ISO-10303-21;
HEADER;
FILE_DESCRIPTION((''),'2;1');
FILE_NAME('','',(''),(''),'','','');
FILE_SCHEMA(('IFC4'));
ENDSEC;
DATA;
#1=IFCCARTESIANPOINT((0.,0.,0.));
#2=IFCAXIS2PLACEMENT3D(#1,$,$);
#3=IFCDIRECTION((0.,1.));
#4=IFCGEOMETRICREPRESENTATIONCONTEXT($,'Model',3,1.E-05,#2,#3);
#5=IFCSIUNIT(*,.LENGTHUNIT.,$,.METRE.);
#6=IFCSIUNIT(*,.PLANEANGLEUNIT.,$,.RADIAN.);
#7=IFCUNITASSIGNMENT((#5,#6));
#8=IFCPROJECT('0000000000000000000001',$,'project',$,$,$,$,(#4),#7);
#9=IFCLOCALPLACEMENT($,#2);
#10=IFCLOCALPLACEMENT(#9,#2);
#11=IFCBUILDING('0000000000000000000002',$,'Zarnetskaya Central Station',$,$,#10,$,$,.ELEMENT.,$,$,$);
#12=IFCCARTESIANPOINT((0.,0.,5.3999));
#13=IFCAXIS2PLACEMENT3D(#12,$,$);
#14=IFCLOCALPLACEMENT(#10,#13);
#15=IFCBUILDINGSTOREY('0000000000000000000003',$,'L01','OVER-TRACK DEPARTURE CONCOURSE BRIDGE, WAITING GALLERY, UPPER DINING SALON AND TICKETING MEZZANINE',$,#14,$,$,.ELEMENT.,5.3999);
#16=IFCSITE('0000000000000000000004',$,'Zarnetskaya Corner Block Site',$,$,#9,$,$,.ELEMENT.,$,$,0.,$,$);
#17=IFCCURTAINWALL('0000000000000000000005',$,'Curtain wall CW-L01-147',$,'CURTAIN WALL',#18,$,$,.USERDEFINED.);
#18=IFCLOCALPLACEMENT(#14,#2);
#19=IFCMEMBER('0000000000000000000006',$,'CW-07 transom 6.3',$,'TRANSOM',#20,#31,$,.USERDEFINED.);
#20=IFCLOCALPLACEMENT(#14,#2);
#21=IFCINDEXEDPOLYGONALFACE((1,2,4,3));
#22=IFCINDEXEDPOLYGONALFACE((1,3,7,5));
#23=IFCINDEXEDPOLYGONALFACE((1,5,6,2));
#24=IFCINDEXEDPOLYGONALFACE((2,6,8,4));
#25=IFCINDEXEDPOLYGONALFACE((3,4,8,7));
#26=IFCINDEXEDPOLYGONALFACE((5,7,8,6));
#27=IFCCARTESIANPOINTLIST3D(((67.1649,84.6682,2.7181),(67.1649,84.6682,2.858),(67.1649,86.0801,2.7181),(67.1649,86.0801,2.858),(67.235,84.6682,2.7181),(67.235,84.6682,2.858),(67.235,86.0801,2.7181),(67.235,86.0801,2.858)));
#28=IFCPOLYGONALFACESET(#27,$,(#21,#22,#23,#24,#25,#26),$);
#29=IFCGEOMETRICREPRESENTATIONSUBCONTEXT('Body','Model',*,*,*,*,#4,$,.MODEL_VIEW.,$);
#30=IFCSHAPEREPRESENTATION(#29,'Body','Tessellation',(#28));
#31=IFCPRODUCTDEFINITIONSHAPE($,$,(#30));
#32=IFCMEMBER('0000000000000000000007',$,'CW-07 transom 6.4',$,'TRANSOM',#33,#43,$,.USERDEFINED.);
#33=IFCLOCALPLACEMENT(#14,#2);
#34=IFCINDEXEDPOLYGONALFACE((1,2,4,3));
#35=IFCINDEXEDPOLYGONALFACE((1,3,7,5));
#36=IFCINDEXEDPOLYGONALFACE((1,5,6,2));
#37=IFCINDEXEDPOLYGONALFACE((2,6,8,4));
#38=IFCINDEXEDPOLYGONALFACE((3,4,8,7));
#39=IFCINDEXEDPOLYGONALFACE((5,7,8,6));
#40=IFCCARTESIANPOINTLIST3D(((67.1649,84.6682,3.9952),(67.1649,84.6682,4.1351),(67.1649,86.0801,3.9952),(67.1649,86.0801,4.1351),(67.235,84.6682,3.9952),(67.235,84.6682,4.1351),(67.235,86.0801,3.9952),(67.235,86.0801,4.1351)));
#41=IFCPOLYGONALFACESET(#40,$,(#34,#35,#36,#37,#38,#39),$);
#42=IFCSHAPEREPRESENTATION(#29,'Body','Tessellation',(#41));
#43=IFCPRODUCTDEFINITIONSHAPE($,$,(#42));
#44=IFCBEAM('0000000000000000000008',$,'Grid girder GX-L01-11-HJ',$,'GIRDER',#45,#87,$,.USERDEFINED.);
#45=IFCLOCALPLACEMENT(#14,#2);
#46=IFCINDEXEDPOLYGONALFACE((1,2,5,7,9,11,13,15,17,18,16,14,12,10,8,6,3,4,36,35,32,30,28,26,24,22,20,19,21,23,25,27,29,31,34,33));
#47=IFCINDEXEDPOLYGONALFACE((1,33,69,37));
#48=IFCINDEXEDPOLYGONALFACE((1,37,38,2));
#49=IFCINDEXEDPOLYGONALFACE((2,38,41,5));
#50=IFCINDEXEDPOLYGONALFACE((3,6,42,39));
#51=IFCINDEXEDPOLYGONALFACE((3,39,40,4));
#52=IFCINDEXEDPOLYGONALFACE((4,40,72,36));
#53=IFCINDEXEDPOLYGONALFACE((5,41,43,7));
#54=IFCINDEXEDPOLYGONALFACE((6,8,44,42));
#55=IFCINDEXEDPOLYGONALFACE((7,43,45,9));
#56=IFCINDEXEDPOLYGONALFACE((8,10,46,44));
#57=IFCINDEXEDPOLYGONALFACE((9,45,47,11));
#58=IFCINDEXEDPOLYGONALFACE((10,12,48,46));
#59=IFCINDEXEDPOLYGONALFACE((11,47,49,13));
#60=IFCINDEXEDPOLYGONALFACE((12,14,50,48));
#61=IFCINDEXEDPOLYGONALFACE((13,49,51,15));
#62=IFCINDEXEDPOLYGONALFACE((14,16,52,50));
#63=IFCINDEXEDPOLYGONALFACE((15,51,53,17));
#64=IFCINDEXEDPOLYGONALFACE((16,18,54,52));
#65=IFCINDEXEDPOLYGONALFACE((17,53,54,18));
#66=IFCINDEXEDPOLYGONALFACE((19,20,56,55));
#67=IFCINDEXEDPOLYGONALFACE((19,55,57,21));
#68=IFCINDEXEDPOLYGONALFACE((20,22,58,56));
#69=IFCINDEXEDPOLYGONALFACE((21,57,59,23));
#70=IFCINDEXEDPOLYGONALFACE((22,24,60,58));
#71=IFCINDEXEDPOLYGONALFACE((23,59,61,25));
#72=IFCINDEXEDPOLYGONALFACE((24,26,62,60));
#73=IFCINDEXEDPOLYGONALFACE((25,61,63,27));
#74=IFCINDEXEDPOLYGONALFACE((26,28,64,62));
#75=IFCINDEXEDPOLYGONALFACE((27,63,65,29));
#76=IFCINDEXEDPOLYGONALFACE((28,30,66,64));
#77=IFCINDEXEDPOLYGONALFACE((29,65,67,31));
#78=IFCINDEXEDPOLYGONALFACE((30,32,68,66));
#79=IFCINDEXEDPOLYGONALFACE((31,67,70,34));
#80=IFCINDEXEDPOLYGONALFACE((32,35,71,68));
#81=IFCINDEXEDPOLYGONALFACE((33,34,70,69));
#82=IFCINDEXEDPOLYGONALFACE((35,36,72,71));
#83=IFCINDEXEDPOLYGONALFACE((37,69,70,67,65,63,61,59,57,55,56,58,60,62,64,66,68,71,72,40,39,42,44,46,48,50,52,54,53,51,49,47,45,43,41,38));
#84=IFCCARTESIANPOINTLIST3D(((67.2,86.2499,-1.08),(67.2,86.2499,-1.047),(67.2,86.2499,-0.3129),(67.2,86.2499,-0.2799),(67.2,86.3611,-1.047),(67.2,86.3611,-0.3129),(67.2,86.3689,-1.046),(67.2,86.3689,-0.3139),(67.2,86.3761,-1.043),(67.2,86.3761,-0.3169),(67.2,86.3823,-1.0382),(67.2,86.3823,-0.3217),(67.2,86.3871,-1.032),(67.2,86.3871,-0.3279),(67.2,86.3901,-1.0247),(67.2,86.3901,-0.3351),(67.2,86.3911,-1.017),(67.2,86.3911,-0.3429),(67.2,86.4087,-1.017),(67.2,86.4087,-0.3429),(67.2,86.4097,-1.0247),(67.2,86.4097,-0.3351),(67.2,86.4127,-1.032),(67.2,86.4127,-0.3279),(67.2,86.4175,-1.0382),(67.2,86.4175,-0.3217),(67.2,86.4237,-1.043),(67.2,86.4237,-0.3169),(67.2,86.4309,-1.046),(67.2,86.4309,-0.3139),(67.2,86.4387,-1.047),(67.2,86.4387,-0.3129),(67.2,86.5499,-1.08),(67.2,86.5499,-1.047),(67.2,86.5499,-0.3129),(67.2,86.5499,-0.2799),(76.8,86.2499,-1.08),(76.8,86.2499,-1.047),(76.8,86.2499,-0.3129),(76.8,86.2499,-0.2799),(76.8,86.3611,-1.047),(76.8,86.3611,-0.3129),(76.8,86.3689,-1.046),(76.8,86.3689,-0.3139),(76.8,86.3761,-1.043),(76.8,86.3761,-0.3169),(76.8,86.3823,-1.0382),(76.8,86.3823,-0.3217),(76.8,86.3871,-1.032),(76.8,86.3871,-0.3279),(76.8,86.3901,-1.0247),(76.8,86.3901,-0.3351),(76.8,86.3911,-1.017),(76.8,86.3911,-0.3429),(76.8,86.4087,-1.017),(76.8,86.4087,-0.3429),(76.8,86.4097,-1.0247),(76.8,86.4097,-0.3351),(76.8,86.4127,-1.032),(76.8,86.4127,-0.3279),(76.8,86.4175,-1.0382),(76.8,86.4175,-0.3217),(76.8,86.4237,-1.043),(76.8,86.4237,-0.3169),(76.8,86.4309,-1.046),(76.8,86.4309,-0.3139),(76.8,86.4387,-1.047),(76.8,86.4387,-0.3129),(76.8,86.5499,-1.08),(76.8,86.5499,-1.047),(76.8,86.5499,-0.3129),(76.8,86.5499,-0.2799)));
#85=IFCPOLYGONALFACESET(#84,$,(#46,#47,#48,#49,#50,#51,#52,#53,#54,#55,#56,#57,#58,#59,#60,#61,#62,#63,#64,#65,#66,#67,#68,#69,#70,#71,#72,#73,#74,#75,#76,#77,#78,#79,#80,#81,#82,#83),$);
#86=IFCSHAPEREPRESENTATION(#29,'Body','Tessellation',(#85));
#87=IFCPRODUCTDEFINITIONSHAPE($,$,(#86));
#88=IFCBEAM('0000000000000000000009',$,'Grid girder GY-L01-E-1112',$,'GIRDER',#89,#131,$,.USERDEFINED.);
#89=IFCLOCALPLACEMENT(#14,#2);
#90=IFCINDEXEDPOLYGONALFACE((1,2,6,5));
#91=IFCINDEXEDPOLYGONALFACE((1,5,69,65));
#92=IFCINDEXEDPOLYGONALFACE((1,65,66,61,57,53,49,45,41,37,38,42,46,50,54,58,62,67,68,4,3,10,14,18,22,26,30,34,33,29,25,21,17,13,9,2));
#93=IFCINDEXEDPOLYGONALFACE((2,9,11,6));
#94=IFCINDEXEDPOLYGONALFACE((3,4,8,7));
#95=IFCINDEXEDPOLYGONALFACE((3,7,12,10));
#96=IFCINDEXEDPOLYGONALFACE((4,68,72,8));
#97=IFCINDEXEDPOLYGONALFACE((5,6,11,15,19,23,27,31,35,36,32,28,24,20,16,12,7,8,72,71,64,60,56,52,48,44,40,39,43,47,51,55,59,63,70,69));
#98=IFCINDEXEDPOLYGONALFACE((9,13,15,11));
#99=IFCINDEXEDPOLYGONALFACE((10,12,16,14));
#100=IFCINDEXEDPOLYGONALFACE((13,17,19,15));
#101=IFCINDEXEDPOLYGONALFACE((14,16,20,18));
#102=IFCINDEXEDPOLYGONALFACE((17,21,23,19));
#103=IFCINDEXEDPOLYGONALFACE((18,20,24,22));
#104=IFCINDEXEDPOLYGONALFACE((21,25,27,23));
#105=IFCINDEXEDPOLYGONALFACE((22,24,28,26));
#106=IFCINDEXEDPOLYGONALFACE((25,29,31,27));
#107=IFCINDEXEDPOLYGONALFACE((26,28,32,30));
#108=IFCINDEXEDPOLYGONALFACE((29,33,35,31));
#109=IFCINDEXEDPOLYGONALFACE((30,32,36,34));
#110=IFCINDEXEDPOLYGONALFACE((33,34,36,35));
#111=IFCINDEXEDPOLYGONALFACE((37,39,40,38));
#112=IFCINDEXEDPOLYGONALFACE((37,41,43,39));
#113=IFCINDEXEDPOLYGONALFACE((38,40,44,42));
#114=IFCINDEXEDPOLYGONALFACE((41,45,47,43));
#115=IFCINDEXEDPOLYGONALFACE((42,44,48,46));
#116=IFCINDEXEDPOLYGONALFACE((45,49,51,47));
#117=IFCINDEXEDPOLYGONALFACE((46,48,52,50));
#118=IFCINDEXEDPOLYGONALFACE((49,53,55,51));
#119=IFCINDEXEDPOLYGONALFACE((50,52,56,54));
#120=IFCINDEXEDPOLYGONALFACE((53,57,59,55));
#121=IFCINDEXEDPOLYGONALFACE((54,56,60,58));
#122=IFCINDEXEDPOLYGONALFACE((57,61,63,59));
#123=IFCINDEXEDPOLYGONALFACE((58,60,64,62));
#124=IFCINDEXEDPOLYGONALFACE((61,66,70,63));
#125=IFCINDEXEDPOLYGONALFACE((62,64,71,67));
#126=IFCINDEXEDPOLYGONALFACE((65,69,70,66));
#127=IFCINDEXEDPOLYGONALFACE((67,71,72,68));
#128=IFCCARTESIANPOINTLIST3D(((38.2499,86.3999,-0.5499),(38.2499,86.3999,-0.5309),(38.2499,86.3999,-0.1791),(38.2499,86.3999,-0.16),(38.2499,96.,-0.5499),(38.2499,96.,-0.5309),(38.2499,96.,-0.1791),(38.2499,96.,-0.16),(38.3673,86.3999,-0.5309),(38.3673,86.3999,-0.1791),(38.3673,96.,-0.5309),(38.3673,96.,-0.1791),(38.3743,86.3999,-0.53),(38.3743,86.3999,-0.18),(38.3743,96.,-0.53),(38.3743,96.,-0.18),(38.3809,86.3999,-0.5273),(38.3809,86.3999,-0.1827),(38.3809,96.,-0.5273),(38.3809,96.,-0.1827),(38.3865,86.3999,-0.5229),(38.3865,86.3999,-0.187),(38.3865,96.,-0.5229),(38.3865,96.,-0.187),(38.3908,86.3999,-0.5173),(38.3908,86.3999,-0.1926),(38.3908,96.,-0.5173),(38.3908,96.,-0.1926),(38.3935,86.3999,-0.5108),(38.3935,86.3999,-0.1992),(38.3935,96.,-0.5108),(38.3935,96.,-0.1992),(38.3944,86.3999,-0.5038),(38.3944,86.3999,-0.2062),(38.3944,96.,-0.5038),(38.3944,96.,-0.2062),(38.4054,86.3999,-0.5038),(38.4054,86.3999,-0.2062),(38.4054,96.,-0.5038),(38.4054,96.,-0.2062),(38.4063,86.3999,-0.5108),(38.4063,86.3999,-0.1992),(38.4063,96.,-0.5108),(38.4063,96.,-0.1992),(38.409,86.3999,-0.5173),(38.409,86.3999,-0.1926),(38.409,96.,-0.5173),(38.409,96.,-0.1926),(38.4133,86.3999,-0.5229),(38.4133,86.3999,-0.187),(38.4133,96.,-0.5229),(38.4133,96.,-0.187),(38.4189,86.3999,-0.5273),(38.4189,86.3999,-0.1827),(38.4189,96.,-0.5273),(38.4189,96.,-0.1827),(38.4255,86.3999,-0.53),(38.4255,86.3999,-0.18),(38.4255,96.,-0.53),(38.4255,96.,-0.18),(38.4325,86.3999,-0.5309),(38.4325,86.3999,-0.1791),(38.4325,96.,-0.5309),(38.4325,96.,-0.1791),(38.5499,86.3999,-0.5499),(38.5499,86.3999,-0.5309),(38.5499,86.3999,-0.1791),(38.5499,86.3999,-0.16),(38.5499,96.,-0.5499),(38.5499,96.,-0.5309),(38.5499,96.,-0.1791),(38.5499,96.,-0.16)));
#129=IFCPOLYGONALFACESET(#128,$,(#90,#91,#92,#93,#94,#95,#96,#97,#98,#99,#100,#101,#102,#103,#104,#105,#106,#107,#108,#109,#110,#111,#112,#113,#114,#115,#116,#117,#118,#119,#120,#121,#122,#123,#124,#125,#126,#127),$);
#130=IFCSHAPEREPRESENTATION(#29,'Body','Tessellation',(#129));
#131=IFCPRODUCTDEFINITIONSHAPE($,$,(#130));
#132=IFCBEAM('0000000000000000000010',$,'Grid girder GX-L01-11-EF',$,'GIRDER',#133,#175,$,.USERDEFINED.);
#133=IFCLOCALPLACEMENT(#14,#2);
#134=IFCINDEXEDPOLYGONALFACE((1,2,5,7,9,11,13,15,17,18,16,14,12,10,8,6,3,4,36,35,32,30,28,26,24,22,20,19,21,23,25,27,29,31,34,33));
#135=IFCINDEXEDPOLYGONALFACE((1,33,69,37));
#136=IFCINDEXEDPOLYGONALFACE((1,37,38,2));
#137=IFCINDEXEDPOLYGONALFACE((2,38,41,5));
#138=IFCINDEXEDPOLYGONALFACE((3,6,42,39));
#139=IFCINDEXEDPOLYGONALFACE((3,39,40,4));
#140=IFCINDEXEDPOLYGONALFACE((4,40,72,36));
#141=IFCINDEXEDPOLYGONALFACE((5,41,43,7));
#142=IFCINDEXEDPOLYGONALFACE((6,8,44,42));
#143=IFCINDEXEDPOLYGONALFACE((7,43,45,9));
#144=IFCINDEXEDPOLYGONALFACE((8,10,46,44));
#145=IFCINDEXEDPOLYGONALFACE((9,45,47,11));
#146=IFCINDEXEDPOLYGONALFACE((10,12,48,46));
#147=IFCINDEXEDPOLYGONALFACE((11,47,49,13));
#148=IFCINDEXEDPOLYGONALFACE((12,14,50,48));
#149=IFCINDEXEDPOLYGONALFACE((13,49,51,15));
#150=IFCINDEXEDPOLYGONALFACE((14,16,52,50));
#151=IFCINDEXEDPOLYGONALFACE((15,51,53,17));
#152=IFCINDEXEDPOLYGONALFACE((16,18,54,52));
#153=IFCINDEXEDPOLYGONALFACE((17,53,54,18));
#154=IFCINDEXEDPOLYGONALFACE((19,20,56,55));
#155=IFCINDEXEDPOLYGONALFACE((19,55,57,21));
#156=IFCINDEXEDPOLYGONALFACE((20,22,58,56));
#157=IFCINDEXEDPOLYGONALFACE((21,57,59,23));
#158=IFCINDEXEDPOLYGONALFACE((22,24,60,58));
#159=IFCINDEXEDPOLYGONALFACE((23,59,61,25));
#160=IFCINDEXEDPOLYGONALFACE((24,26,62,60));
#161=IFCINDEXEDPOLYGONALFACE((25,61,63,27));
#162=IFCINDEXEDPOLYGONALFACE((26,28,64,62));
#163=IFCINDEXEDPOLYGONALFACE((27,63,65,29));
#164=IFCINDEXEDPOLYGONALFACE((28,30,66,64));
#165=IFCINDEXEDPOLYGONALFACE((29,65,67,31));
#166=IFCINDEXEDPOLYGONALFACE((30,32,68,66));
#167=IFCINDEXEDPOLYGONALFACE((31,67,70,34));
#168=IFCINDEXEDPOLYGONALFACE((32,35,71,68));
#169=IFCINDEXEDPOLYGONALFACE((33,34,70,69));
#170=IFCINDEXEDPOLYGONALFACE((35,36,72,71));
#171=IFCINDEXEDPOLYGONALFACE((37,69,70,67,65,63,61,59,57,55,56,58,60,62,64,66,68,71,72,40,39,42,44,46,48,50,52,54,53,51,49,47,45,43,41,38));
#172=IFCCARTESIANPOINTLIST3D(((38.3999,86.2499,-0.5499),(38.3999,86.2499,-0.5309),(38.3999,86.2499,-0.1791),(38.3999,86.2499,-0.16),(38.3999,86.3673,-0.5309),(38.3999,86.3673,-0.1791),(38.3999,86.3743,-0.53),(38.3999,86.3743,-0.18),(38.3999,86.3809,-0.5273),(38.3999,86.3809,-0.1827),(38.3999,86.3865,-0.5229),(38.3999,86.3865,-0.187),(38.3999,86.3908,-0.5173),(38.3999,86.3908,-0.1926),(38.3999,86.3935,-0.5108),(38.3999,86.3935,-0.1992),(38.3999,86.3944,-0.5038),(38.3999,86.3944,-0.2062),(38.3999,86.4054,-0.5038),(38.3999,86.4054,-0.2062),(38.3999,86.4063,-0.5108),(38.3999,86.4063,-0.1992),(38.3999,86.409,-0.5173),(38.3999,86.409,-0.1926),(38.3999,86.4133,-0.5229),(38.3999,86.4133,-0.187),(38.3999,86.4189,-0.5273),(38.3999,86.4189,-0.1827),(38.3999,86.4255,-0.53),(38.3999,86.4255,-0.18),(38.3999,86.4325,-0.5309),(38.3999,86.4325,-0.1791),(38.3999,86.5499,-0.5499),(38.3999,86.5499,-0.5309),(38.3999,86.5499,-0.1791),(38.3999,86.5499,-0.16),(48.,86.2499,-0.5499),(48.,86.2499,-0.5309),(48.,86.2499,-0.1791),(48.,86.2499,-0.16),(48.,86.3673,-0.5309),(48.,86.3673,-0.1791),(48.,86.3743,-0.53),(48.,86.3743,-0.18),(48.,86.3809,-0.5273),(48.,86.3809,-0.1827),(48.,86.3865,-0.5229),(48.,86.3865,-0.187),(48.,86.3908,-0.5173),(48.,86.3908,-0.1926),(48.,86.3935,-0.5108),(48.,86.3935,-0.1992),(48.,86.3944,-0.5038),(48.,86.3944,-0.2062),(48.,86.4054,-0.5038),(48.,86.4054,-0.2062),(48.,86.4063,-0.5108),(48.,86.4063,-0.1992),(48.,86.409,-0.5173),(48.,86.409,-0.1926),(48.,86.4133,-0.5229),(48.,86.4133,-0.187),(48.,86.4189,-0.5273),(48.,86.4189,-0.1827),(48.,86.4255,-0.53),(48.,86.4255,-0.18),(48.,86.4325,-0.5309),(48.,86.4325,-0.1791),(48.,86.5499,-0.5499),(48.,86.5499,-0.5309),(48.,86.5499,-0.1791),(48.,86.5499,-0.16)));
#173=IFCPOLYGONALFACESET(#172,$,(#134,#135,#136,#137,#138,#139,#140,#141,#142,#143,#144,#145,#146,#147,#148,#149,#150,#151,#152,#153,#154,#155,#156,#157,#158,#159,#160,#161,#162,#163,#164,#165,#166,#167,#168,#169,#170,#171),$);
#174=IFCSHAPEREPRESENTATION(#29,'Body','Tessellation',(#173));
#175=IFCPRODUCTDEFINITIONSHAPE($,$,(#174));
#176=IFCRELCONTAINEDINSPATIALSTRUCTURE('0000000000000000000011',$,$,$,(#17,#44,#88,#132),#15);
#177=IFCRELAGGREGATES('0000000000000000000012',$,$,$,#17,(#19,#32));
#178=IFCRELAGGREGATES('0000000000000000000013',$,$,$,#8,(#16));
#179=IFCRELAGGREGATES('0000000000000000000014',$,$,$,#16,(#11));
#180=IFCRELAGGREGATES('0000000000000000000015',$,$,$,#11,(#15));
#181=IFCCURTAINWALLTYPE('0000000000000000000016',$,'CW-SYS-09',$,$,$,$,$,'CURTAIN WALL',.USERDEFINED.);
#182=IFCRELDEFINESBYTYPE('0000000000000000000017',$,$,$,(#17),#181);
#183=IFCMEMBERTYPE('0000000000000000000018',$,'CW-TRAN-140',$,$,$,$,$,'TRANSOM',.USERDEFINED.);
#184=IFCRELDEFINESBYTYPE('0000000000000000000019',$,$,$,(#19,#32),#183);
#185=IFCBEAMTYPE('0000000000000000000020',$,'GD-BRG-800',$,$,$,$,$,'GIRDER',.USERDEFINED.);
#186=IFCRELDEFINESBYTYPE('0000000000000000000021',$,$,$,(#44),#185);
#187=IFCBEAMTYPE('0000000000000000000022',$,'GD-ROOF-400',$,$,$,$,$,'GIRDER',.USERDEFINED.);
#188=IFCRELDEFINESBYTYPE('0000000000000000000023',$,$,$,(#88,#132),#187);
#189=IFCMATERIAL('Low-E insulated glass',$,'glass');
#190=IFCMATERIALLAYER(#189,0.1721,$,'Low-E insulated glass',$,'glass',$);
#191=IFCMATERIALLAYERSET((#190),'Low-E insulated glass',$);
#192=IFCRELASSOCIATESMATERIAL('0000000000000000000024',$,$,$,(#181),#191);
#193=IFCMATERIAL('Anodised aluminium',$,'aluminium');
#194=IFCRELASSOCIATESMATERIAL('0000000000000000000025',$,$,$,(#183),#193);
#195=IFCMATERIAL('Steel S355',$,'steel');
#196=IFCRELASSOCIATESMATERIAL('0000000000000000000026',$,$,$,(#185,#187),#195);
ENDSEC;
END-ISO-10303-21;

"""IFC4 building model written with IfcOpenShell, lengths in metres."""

from ifc_helpers import new_model, si_unit, direction, frame, origin, origin_2d, place, context, subcontext, project, spatial, rectangle, i_section, extrude, material, layer, layer_set, material_profile, profile_set, type_object, element, aggregate, save


model = new_model("IFC4")

# Units and contexts
model_context = context("Model", 3, precision=1e-05, world=origin(), true_north=direction((0.0, 1.0)))
body_context = subcontext(model_context, "Body", "Model", "MODEL_VIEW")
ifc_project = project(units=[si_unit("LENGTHUNIT", "METRE"), si_unit("PLANEANGLEUNIT", "RADIAN")], contexts=[model_context])

# Site, building, storey
site_placement = place(None, origin())
site = spatial("IfcSite", under=ifc_project, at=site_placement, Name="Zarnetskaya Corner Block Site", CompositionType="ELEMENT", RefElevation=0.0)
building_placement = place(site_placement, origin())
building = spatial("IfcBuilding", under=site, at=building_placement, Name="Zarnetskaya Central Station", CompositionType="ELEMENT")
storey_placement = place(building_placement, frame((0.0, 0.0, 5.3999)))
storey = spatial("IfcBuildingStorey", under=building, at=storey_placement, Name="L01", Description="OVER-TRACK DEPARTURE CONCOURSE BRIDGE, WAITING GALLERY, UPPER DINING SALON AND TICKETING MEZZANINE", CompositionType="ELEMENT", Elevation=5.3999)

# Shared definitions
ifc_material_1 = material(Name="Steel S355", Category="steel")

# Curtain wall, members
ifc_material_2 = material(Name="Low-E insulated glass", Category="glass")
ifc_layer_1 = layer(ifc_material_2, 0.1721, Name="Low-E insulated glass", Category="glass")
ifc_layer_set_1 = layer_set([ifc_layer_1], Name="Low-E insulated glass")
curtain_wall_type = type_object("IfcCurtainWallType", Name="CW-SYS-09", ElementType="CURTAIN WALL", PredefinedType="USERDEFINED", material=ifc_layer_set_1)
curtain_wall_placement = place(storey_placement, origin())
curtain_wall = element("IfcCurtainWall", 1, at=curtain_wall_placement, inside=storey, type_object=curtain_wall_type, Name="Curtain wall CW-L01-147", ObjectType="CURTAIN WALL", PredefinedType="USERDEFINED")
ifc_material_3 = material(Name="Anodised aluminium", Category="aluminium")
ifc_material_profile_1 = material_profile(ifc_material_3, rectangle(XDim=0.0701, YDim=0.1399, at=origin_2d()), Name="ALU TRAN 70x140")
ifc_profile_set_1 = profile_set([ifc_material_profile_1], Name="Anodised aluminium")
member_type_1 = type_object("IfcMemberType", Name="CW-TRAN-140", ElementType="TRANSOM", PredefinedType="USERDEFINED", material=ifc_profile_set_1)
member_1_placement = place(storey_placement, frame((67.2, 84.6682, 2.7881), z_axis=(0.0, 1.0, 0.0), x_axis=(-1.0, 0.0, 0.0)))
member_1 = element("IfcMember", 2, at=member_1_placement, type_object=member_type_1, Name="CW-07 transom 6.3", ObjectType="TRANSOM", PredefinedType="USERDEFINED", context=body_context, shape_type="SweptSolid", body=[
    extrude(rectangle(XDim=0.0701, YDim=0.1399, at=origin_2d()), origin(), (0.0, 0.0, 1.0), 1.4119),
])
member_2_placement = place(storey_placement, frame((67.2, 84.6682, 4.0652), z_axis=(0.0, 1.0, 0.0), x_axis=(-1.0, 0.0, 0.0)))
member_2 = element("IfcMember", 3, at=member_2_placement, type_object=member_type_1, Name="CW-07 transom 6.4", ObjectType="TRANSOM", PredefinedType="USERDEFINED", context=body_context, shape_type="SweptSolid", body=[
    extrude(rectangle(XDim=0.0701, YDim=0.1399, at=origin_2d()), origin(), (0.0, 0.0, 1.0), 1.4119),
])

# Beams
ifc_material_profile_2 = material_profile(ifc_material_1, i_section(OverallWidth=0.3, OverallDepth=0.8, WebThickness=0.0176, FlangeThickness=0.033, FilletRadius=0.03, at=origin_2d()), Name="HEB 800")
ifc_profile_set_2 = profile_set([ifc_material_profile_2], Name="Steel S355")
beam_type_1 = type_object("IfcBeamType", Name="GD-BRG-800", ElementType="GIRDER", PredefinedType="USERDEFINED", material=ifc_profile_set_2)
beam_1_placement = place(storey_placement, frame((67.2, 86.3999, -0.6799), z_axis=(1.0, 0.0, 0.0), x_axis=(0.0, 1.0, 0.0)))
element("IfcBeam", 4, at=beam_1_placement, inside=storey, type_object=beam_type_1, Name="Grid girder GX-L01-11-HJ", ObjectType="GIRDER", PredefinedType="USERDEFINED", context=body_context, shape_type="SweptSolid", body=[
    extrude(i_section(OverallWidth=0.3, OverallDepth=0.8, WebThickness=0.0176, FlangeThickness=0.033, FilletRadius=0.03, at=origin_2d()), origin(), (0.0, 0.0, 1.0), 9.6001),
])
ifc_material_profile_3 = material_profile(ifc_material_1, i_section(OverallWidth=0.3, OverallDepth=0.3899, WebThickness=0.011, FlangeThickness=0.019, FilletRadius=0.0271, at=origin_2d()), Name="HEA 400")
ifc_profile_set_3 = profile_set([ifc_material_profile_3], Name="Steel S355")
beam_type_2 = type_object("IfcBeamType", Name="GD-ROOF-400", ElementType="GIRDER", PredefinedType="USERDEFINED", material=ifc_profile_set_3)
for number, where, z_axis, x_axis, name in (
    (5, (38.3999, 86.3999, -0.355), (0.0, 1.0, 0.0), (-1.0, 0.0, 0.0), "Grid girder GY-L01-E-1112"),
    (6, (38.3999, 86.3999, -0.355), (1.0, 0.0, 0.0), (0.0, 1.0, 0.0), "Grid girder GX-L01-11-EF"),
):
    element("IfcBeam", number, at=place(storey_placement, frame(where, z_axis=z_axis, x_axis=x_axis)), inside=storey, type_object=beam_type_2, Name=name, ObjectType="GIRDER", PredefinedType="USERDEFINED", context=body_context, shape_type="SweptSolid", body=[
        extrude(i_section(OverallWidth=0.3, OverallDepth=0.3899, WebThickness=0.011, FlangeThickness=0.019, FilletRadius=0.0271, at=origin_2d()), origin(), (0.0, 0.0, 1.0), 9.6001),
    ])

aggregate(curtain_wall, [member_1, member_2])

save(model, "model.ifc")
